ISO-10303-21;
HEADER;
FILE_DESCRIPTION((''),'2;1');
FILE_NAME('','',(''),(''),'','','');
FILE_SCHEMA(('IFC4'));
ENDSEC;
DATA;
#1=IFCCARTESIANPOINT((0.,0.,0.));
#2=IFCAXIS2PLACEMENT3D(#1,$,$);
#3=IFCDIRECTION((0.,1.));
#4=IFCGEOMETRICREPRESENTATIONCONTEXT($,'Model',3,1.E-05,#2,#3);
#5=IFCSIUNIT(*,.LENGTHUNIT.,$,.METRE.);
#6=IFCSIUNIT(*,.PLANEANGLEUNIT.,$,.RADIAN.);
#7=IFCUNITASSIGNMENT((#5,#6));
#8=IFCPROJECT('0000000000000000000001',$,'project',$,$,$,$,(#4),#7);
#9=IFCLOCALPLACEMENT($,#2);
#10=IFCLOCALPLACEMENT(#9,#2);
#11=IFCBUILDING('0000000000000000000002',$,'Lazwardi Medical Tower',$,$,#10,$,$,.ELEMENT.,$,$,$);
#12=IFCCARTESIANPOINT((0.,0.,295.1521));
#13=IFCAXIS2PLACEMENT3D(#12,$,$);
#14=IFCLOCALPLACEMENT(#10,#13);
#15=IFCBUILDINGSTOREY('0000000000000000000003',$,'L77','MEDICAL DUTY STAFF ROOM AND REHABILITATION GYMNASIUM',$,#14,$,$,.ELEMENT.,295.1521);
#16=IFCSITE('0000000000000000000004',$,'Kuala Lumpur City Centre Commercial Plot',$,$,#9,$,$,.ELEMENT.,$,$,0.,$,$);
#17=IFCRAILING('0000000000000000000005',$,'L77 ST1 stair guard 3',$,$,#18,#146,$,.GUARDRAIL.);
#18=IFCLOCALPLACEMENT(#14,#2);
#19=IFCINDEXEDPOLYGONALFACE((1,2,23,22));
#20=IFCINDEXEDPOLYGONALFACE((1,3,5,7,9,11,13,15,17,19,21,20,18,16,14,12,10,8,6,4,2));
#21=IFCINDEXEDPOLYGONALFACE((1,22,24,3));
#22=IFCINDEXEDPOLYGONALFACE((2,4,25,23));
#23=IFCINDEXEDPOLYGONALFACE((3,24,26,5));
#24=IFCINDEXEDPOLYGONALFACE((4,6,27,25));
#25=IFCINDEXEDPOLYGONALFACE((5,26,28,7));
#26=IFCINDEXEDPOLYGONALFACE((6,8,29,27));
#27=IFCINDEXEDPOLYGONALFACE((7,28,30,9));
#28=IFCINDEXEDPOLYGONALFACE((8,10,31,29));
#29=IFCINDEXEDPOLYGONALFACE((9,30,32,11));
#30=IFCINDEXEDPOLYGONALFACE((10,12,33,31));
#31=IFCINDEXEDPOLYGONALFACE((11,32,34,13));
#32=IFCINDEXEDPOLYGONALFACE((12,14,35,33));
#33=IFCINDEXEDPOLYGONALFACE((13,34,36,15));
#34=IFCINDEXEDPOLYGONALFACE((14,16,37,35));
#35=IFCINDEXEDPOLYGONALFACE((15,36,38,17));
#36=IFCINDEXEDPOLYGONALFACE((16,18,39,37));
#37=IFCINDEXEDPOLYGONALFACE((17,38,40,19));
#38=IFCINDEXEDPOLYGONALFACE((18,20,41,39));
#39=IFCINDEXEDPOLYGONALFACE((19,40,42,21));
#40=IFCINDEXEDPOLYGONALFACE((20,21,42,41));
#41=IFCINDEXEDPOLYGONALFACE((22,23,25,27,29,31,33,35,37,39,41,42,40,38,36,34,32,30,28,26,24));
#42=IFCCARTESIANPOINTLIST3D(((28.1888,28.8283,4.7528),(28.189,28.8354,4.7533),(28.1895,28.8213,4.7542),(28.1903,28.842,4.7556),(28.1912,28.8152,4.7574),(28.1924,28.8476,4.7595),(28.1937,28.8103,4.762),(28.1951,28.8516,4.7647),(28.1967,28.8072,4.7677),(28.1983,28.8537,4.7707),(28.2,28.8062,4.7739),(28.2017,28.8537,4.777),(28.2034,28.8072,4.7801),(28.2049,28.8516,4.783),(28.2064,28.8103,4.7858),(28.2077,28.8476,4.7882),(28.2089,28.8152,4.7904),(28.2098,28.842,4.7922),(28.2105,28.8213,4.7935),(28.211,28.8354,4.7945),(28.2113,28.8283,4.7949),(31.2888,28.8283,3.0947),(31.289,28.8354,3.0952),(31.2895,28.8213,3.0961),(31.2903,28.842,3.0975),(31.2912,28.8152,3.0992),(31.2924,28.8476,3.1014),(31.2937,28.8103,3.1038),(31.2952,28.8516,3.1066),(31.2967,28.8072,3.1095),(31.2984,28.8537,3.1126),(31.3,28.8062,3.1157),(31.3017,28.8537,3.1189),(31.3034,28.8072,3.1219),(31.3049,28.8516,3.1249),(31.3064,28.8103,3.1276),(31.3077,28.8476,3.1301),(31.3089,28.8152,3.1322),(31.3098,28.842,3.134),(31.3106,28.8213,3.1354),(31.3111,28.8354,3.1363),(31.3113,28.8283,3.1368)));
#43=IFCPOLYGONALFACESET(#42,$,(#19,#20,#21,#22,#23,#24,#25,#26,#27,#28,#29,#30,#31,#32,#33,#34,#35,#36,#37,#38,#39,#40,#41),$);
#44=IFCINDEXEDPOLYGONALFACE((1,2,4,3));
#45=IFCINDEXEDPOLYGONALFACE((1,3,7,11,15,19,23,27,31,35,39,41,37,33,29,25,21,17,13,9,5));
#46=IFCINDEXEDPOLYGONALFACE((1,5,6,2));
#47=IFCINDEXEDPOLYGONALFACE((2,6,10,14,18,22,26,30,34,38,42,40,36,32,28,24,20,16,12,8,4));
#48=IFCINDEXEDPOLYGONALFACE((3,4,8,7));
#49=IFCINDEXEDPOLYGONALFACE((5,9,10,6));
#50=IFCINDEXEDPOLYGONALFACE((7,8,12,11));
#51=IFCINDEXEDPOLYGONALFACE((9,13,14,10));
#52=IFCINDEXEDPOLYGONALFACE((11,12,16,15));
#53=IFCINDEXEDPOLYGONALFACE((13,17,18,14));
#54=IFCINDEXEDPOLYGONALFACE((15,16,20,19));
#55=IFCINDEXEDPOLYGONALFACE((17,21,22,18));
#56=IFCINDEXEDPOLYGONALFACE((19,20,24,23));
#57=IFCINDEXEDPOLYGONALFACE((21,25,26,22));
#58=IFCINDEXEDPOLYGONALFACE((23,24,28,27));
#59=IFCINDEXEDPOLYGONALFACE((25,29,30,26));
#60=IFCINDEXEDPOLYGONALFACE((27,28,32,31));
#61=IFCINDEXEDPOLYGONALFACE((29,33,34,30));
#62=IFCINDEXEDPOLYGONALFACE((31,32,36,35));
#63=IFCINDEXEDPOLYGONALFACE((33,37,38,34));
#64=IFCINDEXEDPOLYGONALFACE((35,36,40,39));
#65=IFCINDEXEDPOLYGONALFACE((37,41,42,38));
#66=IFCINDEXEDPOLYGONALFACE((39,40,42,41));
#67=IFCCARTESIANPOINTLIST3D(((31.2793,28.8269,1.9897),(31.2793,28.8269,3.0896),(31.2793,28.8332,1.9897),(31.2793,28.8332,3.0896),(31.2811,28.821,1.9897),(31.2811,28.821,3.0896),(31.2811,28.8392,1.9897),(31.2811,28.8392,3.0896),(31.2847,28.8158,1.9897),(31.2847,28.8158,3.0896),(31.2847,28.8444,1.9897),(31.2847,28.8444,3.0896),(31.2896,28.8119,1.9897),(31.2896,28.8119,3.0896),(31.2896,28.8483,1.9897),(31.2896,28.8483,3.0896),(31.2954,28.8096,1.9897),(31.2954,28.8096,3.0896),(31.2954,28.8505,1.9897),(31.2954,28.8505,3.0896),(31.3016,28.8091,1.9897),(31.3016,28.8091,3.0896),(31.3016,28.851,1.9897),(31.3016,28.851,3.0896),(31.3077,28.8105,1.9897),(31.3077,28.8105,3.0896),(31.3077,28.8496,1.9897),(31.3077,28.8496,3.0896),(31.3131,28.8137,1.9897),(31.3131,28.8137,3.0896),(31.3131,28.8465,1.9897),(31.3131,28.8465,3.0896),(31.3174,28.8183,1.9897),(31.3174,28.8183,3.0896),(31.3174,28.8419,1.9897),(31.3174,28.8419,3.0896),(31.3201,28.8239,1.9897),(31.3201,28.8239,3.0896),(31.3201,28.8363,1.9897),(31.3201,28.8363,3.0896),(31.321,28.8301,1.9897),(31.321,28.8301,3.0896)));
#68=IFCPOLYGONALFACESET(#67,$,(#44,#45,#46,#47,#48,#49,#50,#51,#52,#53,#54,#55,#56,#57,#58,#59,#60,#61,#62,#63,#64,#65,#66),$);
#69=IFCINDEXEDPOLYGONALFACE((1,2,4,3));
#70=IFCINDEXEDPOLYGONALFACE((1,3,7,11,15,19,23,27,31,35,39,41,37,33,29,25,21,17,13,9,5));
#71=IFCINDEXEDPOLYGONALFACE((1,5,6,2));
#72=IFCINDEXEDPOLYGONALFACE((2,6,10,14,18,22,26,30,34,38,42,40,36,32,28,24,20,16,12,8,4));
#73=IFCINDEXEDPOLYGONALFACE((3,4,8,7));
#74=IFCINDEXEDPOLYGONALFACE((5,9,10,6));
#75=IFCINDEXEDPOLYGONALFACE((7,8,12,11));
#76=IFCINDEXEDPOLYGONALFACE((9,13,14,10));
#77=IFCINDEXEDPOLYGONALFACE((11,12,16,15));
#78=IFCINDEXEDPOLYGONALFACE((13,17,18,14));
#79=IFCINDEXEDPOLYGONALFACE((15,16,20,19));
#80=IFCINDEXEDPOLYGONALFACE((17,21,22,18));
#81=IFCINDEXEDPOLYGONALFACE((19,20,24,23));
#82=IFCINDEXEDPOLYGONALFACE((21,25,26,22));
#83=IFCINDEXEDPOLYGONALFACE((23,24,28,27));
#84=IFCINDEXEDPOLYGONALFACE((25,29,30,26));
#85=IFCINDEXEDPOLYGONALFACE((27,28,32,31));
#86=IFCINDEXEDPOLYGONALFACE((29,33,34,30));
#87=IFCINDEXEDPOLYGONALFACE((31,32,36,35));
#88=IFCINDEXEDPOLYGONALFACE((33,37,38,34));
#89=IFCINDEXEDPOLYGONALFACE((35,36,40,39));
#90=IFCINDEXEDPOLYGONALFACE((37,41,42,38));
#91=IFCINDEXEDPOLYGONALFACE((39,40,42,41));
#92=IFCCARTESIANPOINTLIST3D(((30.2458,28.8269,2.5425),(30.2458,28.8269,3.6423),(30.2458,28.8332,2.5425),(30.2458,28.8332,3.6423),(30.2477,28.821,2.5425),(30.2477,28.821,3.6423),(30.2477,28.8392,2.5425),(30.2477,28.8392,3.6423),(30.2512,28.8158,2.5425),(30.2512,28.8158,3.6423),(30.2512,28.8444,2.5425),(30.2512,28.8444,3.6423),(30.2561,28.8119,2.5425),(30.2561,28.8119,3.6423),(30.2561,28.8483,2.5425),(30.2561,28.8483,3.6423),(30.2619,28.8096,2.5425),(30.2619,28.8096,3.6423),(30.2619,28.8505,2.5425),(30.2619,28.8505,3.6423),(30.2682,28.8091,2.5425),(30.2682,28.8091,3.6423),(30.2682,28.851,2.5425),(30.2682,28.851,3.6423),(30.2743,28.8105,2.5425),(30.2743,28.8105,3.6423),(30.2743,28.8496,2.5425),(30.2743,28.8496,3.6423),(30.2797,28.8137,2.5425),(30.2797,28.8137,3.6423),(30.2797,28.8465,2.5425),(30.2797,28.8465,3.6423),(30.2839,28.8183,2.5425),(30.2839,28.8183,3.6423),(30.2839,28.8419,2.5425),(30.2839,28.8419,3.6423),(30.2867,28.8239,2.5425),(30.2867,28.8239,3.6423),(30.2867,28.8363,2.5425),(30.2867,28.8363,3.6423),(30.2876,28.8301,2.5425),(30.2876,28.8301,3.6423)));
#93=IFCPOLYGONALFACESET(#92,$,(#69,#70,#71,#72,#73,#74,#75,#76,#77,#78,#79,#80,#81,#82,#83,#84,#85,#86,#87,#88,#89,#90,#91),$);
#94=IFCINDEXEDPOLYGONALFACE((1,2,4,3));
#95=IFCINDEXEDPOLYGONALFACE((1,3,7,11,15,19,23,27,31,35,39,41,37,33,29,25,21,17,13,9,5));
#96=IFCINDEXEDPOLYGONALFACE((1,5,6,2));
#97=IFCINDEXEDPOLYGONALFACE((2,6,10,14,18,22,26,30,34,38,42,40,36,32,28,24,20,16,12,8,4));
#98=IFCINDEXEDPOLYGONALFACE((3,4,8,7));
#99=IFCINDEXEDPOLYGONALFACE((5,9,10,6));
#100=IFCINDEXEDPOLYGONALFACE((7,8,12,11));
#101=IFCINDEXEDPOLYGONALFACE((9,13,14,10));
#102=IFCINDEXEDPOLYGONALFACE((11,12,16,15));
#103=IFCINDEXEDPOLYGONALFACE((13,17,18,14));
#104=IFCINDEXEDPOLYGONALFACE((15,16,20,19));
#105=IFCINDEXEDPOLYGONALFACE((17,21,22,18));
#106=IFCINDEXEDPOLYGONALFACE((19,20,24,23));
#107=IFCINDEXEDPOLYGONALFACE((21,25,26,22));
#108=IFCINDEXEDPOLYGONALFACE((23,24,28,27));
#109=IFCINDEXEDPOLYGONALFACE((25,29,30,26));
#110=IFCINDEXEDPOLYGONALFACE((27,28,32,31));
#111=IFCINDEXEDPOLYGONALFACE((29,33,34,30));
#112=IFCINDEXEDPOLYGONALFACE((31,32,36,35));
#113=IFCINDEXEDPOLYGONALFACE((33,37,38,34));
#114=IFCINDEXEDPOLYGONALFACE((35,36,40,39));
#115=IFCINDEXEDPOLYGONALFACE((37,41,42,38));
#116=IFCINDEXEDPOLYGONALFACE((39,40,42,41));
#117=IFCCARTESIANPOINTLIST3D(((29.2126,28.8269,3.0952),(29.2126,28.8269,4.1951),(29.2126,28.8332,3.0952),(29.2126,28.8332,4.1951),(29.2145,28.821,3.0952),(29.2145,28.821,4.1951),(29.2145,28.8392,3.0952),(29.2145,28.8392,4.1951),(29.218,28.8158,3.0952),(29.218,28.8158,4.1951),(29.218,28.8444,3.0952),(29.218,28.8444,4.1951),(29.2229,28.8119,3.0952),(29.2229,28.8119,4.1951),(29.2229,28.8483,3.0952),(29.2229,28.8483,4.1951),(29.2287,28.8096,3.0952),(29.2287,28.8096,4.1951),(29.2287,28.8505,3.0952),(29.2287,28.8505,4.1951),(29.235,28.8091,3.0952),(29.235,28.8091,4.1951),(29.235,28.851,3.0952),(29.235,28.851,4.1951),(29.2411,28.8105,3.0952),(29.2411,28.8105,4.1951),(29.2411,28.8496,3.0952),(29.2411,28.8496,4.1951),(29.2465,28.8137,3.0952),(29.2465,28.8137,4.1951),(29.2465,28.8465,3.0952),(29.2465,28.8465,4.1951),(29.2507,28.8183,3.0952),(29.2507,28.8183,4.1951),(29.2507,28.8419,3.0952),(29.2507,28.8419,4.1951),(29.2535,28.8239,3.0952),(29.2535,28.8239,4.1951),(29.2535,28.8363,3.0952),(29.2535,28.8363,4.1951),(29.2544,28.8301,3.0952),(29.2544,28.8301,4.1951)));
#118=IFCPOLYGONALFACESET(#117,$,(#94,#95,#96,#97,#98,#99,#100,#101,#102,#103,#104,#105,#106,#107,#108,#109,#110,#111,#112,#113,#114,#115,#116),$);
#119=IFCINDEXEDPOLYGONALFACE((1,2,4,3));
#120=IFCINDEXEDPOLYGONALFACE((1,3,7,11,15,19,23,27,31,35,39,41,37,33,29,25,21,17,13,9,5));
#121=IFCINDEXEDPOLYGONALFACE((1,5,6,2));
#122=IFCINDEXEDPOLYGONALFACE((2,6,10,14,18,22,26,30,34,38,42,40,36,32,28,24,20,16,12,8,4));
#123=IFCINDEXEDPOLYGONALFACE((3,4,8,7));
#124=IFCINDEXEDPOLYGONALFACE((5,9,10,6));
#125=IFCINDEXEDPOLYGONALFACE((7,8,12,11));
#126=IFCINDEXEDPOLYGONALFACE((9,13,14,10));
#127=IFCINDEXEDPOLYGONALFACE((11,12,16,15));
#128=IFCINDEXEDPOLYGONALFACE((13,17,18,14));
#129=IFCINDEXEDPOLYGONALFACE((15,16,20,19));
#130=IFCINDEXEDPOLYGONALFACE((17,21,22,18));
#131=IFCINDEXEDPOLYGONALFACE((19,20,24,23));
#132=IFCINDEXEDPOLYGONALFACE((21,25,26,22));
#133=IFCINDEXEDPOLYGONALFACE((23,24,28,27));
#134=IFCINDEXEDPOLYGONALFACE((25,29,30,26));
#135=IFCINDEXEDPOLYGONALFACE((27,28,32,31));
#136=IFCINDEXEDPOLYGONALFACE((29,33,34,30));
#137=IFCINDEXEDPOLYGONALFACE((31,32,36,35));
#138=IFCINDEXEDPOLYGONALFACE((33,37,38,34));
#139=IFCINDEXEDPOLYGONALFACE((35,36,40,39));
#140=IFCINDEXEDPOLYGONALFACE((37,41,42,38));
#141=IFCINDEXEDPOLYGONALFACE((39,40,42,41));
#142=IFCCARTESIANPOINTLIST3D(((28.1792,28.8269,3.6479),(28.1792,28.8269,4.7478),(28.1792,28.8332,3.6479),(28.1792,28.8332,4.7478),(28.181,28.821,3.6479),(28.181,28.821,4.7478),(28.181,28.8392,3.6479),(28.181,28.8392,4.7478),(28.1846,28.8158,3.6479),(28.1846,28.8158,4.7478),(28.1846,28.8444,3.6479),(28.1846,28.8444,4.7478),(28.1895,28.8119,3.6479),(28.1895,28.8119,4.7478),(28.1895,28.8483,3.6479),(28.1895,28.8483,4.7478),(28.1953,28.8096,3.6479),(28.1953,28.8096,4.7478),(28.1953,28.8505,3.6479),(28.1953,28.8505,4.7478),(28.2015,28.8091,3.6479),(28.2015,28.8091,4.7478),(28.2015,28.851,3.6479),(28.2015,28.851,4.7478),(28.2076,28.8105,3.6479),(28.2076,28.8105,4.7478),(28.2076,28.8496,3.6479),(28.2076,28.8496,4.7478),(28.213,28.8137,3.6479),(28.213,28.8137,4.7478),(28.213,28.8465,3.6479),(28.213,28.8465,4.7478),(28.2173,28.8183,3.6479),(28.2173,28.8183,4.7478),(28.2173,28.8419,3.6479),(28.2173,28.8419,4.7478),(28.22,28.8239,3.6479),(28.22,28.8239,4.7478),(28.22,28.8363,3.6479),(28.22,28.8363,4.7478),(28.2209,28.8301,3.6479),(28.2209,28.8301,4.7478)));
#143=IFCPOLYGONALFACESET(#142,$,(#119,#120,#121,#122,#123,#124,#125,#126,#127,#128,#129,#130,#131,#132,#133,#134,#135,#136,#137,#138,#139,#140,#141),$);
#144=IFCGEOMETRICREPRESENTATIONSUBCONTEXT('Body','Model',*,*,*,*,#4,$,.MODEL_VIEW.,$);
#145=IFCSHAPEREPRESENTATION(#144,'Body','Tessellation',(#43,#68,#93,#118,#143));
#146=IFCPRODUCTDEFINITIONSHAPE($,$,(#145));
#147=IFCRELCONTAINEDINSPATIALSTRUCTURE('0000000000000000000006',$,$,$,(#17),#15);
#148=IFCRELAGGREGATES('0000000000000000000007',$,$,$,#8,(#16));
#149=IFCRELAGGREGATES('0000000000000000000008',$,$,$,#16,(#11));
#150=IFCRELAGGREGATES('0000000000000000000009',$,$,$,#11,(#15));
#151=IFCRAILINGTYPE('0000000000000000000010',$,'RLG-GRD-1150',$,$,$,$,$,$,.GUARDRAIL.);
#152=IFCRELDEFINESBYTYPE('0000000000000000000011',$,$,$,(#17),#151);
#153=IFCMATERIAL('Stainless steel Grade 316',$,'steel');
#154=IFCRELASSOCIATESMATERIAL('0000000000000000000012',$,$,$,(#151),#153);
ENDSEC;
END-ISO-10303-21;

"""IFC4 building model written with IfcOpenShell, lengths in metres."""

from ifc_helpers import new_model, si_unit, direction, frame, origin, origin_2d, place, context, subcontext, project, spatial, circle, extrude, material, type_object, element, save


model = new_model("IFC4")

# Units and contexts
model_context = context("Model", 3, precision=1e-05, world=origin(), true_north=direction((0.0, 1.0)))
body_context = subcontext(model_context, "Body", "Model", "MODEL_VIEW")
ifc_project = project(units=[si_unit("LENGTHUNIT", "METRE"), si_unit("PLANEANGLEUNIT", "RADIAN")], contexts=[model_context])

# Site, building, storey
site_placement = place(None, origin())
site = spatial("IfcSite", under=ifc_project, at=site_placement, Name="Kuala Lumpur City Centre Commercial Plot", CompositionType="ELEMENT", RefElevation=0.0)
building_placement = place(site_placement, origin())
building = spatial("IfcBuilding", under=site, at=building_placement, Name="Lazwardi Medical Tower", CompositionType="ELEMENT")
storey_placement = place(building_placement, frame((0.0, 0.0, 295.1521)))
storey = spatial("IfcBuildingStorey", under=building, at=storey_placement, Name="L77", Description="MEDICAL DUTY STAFF ROOM AND REHABILITATION GYMNASIUM", CompositionType="ELEMENT", Elevation=295.1521)

# Railing
ifc_material_1 = material(Name="Stainless steel Grade 316", Category="steel")
railing_type_1 = type_object("IfcRailingType", Name="RLG-GRD-1150", PredefinedType="GUARDRAIL", material=ifc_material_1)
railing_1_placement = place(storey_placement, frame((31.3, 28.8301, 1.9897)))
element("IfcRailing", 1, at=railing_1_placement, inside=storey, type_object=railing_type_1, Name="L77 ST1 stair guard 3", PredefinedType="GUARDRAIL", context=body_context, shape_type="SweptSolid", body=[
    extrude(circle(Radius=0.0239, at=origin_2d()), frame((0.0, 0.0, 1.126), z_axis=(-0.881783, 0.0, 0.471655), x_axis=(0.0, -1.0, 0.0)), (0.0, 0.0, 1.0), 3.5156),
    extrude(circle(Radius=0.021, at=origin_2d()), origin(), (0.0, 0.0, 1.0), 1.0999),
    extrude(circle(Radius=0.021, at=origin_2d()), frame((-1.0334, 0.0, 0.5527)), (0.0, 0.0, 1.0), 1.0999),
    extrude(circle(Radius=0.021, at=origin_2d()), frame((-2.0667, 0.0, 1.1055)), (0.0, 0.0, 1.0), 1.0999),
    extrude(circle(Radius=0.021, at=origin_2d()), frame((-3.1001, 0.0, 1.6582)), (0.0, 0.0, 1.0), 1.0999),
])

save(model, "model.ifc")
